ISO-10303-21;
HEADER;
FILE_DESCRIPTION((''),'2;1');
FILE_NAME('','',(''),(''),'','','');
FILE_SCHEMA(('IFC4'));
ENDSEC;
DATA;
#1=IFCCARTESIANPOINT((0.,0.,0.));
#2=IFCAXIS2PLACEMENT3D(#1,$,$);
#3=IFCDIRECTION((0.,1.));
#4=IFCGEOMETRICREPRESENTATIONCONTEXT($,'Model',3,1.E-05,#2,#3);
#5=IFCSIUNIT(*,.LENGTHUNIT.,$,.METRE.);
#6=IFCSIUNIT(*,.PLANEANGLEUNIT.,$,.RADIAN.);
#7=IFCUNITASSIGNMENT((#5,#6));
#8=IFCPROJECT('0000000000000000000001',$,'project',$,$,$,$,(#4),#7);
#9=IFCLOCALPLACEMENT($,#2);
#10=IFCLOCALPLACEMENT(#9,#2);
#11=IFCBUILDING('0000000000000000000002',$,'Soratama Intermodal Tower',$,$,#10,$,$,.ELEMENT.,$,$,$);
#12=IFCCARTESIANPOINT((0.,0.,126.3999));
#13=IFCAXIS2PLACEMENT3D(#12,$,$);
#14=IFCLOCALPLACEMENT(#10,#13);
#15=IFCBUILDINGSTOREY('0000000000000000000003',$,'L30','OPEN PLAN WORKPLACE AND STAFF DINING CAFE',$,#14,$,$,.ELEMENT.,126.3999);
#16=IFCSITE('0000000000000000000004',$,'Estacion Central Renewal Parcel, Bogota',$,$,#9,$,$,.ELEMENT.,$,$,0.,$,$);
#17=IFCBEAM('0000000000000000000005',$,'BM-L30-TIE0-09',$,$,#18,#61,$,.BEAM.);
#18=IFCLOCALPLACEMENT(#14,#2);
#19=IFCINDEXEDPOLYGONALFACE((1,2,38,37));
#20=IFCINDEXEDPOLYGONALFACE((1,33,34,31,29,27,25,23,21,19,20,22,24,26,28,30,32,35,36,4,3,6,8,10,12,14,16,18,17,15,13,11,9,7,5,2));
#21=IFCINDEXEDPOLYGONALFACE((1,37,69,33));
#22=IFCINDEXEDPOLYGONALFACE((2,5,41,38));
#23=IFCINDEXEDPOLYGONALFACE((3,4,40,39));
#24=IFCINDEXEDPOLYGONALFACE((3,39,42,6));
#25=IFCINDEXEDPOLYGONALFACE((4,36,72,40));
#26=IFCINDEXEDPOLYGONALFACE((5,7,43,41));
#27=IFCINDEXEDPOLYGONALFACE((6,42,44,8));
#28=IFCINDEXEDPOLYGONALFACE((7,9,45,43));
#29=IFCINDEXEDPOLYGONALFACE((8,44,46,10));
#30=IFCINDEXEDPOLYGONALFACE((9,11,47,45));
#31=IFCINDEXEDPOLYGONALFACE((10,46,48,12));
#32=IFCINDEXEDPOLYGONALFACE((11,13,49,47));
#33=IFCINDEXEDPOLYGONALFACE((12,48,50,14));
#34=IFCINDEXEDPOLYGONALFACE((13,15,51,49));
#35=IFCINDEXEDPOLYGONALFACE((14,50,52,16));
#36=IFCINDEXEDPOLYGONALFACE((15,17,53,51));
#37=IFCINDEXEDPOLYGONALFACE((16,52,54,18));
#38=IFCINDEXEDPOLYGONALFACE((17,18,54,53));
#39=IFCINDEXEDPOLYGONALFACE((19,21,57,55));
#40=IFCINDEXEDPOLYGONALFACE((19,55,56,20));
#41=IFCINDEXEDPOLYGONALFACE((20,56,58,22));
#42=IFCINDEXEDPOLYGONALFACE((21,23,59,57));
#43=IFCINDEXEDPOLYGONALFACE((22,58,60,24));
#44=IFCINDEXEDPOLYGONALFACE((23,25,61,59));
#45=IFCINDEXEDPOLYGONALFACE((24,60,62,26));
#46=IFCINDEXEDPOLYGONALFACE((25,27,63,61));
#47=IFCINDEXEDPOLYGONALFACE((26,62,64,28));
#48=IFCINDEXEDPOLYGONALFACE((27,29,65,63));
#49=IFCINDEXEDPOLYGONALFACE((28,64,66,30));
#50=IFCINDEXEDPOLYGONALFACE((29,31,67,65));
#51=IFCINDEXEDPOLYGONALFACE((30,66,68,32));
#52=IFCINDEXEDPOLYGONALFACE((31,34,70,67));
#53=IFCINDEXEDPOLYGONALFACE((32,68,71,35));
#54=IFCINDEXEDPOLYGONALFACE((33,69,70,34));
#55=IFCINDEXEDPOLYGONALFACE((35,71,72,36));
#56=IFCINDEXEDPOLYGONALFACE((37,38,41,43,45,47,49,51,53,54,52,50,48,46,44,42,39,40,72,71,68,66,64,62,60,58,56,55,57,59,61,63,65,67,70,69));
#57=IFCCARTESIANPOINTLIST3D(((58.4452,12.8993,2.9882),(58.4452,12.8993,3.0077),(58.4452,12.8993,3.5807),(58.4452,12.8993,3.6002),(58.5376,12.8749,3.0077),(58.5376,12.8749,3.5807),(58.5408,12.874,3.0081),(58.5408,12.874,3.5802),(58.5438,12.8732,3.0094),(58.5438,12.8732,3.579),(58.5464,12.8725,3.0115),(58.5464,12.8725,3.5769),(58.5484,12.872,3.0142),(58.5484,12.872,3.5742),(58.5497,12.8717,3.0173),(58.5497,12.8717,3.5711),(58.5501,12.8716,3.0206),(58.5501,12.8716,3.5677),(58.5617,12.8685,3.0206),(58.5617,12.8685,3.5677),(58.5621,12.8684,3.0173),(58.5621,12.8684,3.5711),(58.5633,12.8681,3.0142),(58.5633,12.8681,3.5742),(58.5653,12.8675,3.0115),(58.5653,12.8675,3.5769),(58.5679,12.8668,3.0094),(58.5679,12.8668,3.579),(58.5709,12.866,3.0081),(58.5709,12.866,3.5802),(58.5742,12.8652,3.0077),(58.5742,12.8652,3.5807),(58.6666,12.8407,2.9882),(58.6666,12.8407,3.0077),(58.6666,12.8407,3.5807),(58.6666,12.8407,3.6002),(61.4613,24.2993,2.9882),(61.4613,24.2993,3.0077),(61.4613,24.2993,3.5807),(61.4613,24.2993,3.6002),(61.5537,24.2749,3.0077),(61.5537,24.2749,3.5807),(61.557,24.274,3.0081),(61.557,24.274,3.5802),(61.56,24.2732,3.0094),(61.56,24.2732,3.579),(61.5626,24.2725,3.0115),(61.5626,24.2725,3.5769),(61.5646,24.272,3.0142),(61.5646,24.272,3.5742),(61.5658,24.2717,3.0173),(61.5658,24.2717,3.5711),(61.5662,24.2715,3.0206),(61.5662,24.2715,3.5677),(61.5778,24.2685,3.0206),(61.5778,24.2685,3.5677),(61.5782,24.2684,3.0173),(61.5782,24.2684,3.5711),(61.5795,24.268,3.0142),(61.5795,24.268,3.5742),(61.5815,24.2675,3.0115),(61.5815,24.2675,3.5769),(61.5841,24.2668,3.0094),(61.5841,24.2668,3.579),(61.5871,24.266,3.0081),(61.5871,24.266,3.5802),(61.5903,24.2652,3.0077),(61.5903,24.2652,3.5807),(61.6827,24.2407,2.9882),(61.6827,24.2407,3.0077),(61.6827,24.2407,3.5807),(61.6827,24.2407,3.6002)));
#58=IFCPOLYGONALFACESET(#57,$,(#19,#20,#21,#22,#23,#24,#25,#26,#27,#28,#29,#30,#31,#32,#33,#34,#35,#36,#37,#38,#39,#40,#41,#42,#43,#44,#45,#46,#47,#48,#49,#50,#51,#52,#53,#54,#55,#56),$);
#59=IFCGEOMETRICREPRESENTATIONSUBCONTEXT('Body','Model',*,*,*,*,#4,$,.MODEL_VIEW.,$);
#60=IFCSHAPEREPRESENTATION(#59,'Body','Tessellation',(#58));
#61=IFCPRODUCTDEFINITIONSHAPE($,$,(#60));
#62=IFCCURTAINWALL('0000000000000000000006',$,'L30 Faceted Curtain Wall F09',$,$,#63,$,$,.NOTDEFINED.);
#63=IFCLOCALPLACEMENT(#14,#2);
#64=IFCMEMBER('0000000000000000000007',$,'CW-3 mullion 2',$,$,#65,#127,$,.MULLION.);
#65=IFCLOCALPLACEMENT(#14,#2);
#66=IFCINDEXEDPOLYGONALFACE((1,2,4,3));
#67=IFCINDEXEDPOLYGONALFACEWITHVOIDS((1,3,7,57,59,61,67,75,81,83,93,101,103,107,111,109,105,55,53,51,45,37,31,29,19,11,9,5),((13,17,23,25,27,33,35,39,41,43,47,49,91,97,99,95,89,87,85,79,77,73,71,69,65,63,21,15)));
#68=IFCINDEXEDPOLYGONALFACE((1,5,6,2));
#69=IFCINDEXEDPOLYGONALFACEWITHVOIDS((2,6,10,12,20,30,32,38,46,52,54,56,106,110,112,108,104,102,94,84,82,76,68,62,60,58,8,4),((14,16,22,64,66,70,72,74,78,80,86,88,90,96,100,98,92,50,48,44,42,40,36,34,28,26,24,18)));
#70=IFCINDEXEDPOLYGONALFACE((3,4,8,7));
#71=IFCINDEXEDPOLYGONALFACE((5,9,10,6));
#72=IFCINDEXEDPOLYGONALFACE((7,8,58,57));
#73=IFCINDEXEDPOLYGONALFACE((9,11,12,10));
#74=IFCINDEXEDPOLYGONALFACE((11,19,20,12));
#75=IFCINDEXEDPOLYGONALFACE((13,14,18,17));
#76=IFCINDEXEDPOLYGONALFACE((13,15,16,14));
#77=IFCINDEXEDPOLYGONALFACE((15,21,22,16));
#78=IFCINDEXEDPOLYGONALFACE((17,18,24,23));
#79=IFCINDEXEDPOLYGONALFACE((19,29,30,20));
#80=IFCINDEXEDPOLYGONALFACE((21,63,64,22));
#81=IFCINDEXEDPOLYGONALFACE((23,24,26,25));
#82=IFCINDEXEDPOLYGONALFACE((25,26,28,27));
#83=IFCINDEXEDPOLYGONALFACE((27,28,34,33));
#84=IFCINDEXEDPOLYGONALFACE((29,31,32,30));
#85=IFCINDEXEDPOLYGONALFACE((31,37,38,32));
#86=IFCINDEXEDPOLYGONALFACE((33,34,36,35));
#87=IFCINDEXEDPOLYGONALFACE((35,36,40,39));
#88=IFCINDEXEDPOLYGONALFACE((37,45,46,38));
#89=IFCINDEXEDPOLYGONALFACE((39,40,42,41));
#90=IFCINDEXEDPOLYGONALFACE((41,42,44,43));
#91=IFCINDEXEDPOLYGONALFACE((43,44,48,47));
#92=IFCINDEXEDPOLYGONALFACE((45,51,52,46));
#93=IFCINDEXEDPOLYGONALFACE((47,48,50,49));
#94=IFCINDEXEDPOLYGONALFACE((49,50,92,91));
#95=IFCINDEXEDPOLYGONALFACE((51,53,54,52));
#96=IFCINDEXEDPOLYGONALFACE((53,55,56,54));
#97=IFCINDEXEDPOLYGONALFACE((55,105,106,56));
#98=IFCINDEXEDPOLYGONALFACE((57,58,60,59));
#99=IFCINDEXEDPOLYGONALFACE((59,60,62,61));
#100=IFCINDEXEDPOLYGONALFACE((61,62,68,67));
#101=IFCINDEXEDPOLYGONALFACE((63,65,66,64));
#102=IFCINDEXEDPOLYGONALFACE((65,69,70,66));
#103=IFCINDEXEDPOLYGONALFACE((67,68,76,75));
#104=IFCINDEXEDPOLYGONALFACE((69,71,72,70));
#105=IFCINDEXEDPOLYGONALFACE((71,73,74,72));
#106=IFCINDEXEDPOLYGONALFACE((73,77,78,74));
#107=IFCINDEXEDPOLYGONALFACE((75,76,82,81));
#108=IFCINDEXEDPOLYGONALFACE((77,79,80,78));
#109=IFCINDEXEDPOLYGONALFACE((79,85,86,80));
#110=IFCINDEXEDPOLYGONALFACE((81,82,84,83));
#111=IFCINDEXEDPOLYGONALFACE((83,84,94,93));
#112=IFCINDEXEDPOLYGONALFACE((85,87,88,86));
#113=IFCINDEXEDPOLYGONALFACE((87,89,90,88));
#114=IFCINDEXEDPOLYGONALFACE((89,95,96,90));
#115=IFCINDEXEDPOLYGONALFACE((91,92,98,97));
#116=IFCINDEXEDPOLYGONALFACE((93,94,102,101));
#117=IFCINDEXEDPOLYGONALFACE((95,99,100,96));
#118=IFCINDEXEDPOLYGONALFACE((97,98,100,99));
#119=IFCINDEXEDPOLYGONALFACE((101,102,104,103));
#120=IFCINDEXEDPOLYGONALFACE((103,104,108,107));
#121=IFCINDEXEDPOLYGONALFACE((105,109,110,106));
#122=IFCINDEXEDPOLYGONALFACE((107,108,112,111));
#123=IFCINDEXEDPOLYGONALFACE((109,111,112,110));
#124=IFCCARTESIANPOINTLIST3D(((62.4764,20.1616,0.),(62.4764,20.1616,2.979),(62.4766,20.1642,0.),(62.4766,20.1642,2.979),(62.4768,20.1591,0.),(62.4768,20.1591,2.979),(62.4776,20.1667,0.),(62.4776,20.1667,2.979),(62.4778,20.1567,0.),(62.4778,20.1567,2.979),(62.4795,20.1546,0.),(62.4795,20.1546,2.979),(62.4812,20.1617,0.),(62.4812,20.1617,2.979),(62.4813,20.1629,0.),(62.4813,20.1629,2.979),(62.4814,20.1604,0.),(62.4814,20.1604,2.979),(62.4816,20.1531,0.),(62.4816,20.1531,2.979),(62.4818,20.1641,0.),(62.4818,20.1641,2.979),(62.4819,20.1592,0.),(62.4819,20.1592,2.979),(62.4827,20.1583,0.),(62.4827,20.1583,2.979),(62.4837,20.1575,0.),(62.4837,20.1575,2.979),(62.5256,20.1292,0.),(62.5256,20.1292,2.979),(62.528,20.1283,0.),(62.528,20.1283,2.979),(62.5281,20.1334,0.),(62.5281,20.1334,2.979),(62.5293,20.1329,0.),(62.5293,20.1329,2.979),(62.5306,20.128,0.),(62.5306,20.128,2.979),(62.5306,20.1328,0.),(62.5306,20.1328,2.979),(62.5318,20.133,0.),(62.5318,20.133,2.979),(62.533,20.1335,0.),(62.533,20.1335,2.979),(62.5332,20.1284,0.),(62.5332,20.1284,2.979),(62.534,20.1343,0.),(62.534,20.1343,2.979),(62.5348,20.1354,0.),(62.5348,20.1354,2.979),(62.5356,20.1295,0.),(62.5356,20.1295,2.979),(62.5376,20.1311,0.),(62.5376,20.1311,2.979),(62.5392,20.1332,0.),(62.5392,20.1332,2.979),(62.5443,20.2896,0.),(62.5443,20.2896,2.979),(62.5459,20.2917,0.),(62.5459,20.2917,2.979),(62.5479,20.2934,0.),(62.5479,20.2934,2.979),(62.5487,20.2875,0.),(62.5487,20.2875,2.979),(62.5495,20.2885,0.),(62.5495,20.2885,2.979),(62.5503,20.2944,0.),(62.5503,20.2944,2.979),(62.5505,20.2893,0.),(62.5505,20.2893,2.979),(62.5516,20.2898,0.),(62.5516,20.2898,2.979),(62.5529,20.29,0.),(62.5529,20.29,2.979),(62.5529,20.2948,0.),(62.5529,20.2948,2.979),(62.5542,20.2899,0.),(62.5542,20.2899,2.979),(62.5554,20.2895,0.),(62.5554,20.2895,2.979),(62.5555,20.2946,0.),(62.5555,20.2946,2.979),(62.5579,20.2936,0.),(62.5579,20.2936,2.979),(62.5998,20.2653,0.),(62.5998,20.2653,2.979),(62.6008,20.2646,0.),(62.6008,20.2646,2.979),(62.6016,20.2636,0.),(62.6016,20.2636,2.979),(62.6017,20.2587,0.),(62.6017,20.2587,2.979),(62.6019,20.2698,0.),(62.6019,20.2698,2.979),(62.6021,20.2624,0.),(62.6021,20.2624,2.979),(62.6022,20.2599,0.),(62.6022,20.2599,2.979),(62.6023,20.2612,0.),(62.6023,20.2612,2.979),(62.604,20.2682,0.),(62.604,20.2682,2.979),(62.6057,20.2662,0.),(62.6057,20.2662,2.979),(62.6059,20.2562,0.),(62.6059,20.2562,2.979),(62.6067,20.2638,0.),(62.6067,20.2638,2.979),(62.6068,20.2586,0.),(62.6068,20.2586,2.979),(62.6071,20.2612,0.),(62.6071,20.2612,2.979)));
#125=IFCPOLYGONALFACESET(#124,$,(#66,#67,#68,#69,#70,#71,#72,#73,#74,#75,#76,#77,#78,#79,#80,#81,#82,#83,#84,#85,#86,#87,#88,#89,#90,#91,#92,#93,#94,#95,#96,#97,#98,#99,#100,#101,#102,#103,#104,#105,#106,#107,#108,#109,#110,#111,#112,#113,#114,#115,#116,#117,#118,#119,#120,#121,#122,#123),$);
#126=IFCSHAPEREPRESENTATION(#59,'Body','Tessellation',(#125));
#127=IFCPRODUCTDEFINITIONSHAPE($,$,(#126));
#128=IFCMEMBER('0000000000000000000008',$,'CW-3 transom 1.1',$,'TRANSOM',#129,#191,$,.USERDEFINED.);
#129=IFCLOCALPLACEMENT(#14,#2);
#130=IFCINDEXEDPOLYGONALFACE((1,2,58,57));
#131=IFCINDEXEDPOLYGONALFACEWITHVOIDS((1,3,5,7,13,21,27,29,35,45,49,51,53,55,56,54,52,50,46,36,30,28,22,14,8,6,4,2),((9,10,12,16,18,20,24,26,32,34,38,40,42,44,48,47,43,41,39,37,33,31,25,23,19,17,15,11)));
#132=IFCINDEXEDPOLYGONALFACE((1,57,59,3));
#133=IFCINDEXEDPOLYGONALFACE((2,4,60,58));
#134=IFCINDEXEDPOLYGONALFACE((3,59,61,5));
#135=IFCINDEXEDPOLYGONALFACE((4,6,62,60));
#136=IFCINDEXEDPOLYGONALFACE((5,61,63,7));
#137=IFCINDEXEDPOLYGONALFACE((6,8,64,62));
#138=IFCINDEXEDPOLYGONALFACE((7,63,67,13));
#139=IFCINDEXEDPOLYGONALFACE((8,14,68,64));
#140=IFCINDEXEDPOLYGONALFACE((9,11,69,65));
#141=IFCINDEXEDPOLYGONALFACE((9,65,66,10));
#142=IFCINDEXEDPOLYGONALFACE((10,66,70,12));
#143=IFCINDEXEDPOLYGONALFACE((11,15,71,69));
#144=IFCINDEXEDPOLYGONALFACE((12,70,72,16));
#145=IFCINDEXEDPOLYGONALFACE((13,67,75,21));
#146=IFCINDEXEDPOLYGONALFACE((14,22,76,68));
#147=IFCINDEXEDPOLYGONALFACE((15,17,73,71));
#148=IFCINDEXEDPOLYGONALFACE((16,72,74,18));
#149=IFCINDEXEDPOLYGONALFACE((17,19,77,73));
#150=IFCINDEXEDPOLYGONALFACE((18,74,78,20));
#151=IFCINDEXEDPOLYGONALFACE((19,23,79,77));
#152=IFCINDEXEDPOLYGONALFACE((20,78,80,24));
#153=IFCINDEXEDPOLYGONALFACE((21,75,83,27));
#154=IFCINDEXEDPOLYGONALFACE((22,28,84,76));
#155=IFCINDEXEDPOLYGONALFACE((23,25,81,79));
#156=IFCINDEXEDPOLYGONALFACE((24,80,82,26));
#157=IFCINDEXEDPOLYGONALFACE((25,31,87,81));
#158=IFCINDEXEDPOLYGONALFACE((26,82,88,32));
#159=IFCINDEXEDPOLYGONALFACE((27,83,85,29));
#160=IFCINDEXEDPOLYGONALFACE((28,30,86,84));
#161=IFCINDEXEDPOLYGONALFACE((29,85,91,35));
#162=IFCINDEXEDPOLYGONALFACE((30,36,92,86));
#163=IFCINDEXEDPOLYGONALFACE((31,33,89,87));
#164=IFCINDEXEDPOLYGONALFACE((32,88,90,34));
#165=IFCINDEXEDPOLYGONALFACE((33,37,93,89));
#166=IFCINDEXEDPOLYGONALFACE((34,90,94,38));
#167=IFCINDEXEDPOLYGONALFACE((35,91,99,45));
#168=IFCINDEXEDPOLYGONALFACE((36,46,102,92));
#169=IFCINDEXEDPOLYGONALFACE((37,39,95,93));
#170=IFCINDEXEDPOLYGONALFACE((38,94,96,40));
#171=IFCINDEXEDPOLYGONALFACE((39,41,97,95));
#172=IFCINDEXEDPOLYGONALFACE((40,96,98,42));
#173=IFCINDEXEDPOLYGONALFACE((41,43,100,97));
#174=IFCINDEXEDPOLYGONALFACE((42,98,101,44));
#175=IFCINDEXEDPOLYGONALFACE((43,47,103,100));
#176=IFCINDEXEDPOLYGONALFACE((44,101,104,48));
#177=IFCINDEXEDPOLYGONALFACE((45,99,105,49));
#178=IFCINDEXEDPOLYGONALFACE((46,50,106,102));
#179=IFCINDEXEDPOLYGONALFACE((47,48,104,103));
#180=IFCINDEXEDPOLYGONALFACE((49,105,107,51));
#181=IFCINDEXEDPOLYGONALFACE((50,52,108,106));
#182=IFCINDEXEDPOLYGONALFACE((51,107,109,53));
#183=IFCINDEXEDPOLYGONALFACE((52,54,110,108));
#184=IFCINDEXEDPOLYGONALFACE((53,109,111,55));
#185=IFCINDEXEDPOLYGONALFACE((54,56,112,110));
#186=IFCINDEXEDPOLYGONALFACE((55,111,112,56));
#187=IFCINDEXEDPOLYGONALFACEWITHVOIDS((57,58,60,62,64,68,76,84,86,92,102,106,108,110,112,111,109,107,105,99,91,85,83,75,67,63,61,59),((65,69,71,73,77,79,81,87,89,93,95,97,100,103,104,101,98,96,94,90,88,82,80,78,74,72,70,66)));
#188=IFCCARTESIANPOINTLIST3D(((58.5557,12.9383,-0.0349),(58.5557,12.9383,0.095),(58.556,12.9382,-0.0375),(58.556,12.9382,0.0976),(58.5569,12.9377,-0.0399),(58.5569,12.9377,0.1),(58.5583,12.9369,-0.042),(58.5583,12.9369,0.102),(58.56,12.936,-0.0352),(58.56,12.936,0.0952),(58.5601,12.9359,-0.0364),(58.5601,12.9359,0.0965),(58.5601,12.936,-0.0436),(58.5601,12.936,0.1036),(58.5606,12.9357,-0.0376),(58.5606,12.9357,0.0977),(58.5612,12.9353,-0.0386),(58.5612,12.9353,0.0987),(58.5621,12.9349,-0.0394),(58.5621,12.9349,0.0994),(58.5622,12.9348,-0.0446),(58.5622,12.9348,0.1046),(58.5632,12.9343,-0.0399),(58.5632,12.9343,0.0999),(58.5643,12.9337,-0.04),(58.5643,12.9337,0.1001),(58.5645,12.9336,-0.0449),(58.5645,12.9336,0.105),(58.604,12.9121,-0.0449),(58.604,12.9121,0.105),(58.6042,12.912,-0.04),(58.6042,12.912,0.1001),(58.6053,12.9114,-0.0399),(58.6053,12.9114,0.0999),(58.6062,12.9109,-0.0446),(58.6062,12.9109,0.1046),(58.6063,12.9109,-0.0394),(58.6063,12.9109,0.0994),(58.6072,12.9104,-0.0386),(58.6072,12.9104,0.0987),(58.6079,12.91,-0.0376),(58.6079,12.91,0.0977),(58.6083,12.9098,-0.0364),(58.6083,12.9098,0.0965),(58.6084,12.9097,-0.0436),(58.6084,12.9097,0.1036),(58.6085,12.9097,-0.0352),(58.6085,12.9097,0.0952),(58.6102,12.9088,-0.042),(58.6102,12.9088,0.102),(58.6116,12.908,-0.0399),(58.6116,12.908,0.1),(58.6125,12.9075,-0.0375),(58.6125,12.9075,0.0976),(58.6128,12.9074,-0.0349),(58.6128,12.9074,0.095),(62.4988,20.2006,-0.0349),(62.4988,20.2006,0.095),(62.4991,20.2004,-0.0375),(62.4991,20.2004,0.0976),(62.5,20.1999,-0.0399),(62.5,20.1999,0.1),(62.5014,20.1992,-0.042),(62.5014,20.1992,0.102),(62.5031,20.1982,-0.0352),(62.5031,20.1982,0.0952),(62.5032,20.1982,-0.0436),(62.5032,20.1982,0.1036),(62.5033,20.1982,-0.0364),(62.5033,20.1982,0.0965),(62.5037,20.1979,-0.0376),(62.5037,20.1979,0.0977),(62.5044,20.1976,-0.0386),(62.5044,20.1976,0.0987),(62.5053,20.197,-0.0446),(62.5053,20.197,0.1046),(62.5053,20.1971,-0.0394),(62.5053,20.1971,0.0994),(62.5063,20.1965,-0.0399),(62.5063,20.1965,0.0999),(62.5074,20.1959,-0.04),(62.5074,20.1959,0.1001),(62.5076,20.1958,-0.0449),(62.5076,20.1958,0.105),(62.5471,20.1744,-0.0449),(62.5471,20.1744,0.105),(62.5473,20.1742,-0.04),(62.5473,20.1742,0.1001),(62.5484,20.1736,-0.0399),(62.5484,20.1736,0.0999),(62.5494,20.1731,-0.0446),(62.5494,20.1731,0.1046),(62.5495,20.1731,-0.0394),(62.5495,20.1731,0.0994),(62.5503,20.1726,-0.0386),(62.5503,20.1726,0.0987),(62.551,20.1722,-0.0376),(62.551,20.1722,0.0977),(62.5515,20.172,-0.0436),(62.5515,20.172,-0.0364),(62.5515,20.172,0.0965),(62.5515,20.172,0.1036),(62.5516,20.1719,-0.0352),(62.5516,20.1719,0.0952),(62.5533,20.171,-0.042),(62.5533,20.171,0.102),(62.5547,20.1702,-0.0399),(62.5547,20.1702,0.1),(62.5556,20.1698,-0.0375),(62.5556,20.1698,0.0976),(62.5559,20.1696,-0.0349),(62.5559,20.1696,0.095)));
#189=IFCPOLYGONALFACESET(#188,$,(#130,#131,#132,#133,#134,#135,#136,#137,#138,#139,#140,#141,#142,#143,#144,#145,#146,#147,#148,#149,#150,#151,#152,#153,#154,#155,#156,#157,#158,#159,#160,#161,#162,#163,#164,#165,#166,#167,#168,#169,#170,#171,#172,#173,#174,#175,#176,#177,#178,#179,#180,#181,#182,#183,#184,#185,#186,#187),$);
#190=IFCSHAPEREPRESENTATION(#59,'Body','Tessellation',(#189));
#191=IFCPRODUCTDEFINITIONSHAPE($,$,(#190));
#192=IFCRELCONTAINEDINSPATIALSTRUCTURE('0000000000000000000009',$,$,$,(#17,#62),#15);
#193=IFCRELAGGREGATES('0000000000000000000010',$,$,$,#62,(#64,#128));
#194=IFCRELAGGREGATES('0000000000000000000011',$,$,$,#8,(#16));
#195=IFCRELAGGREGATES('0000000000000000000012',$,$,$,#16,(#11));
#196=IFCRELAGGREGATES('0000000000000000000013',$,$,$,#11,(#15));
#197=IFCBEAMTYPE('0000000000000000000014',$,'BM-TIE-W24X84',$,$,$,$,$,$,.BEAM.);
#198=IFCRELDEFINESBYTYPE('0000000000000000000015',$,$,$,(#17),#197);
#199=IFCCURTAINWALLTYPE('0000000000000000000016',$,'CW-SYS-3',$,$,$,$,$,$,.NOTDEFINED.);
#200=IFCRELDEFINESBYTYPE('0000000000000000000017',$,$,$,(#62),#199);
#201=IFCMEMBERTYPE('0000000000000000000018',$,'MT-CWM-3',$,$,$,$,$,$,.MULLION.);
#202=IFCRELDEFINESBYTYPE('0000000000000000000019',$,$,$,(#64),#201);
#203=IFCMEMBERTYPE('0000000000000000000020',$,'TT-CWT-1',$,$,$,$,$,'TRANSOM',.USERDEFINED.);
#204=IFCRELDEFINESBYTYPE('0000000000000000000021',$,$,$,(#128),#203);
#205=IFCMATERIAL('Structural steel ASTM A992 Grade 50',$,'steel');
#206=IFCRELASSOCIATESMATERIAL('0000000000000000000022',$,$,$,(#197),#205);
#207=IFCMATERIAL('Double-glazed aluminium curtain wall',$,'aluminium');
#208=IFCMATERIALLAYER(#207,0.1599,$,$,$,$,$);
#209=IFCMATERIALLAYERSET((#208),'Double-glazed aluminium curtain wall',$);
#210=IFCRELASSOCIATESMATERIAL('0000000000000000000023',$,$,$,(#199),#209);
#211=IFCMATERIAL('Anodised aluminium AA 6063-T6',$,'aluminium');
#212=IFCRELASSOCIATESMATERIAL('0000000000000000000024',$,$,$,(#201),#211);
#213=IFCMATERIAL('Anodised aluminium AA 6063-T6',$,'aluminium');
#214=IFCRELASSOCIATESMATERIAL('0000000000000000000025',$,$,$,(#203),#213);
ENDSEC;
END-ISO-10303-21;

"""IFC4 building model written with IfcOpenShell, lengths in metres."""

from ifc_helpers import new_model, si_unit, direction, frame, origin, origin_2d, place, context, subcontext, project, spatial, hollow_rectangle, i_section, extrude, material, layer, layer_set, material_profile, profile_set, type_object, element, aggregate, save


model = new_model("IFC4")

# Units and contexts
model_context = context("Model", 3, precision=1e-05, world=origin(), true_north=direction((0.0, 1.0)))
body_context = subcontext(model_context, "Body", "Model", "MODEL_VIEW")
ifc_project = project(units=[si_unit("LENGTHUNIT", "METRE"), si_unit("PLANEANGLEUNIT", "RADIAN")], contexts=[model_context])

# Site, building, storey
site_placement = place(None, origin())
site = spatial("IfcSite", under=ifc_project, at=site_placement, Name="Estacion Central Renewal Parcel, Bogota", CompositionType="ELEMENT", RefElevation=0.0)
building_placement = place(site_placement, origin())
building = spatial("IfcBuilding", under=site, at=building_placement, Name="Soratama Intermodal Tower", CompositionType="ELEMENT")
storey_placement = place(building_placement, frame((0.0, 0.0, 126.3999)))
storey = spatial("IfcBuildingStorey", under=building, at=storey_placement, Name="L30", Description="OPEN PLAN WORKPLACE AND STAFF DINING CAFE", CompositionType="ELEMENT", Elevation=126.3999)

# Beam
ifc_material_1 = material(Name="Structural steel ASTM A992 Grade 50", Category="steel")
ifc_material_profile_1 = material_profile(ifc_material_1, i_section(OverallWidth=0.229, OverallDepth=0.6121, WebThickness=0.012, FlangeThickness=0.0195, FilletRadius=0.0129, at=origin_2d()), Name="W24X84")
ifc_profile_set_1 = profile_set([ifc_material_profile_1], Name="Structural steel ASTM A992 Grade 50")
beam_type_1 = type_object("IfcBeamType", Name="BM-TIE-W24X84", PredefinedType="BEAM", material=ifc_profile_set_1)
beam_1_placement = place(storey_placement, frame((61.572, 24.27, 3.2942), z_axis=(-0.255773, -0.966737, 0.0), x_axis=(0.966737, -0.255773, 0.0)))
element("IfcBeam", 1, at=beam_1_placement, inside=storey, type_object=beam_type_1, Name="BM-L30-TIE0-09", PredefinedType="BEAM", context=body_context, shape_type="SweptSolid", body=[
    extrude(i_section(OverallWidth=0.229, OverallDepth=0.6121, WebThickness=0.012, FlangeThickness=0.0195, FilletRadius=0.0129, at=origin_2d()), origin(), (0.0, 0.0, 1.0), 11.7922),
])

# Curtain wall, members
ifc_material_2 = material(Name="Double-glazed aluminium curtain wall", Category="aluminium")
ifc_layer_1 = layer(ifc_material_2, 0.1599)
ifc_layer_set_1 = layer_set([ifc_layer_1], Name="Double-glazed aluminium curtain wall")
curtain_wall_type = type_object("IfcCurtainWallType", Name="CW-SYS-3", PredefinedType="NOTDEFINED", material=ifc_layer_set_1)
curtain_wall_placement = place(storey_placement, origin())
curtain_wall = element("IfcCurtainWall", 2, at=curtain_wall_placement, inside=storey, type_object=curtain_wall_type, Name="L30 Faceted Curtain Wall F09", PredefinedType="NOTDEFINED")
ifc_material_3 = material(Name="Anodised aluminium AA 6063-T6", Category="aluminium")
ifc_material_profile_2 = material_profile(ifc_material_3, hollow_rectangle(XDim=0.0701, YDim=0.1599, WallThickness=0.0049, InnerFilletRadius=0.0049, OuterFilletRadius=0.01, at=origin_2d()), Name="CWM160X70X5")
ifc_profile_set_2 = profile_set([ifc_material_profile_2], Name="Anodised aluminium AA 6063-T6")
member_type_1 = type_object("IfcMemberType", Name="MT-CWM-3", PredefinedType="MULLION", material=ifc_profile_set_2)
member_1_placement = place(storey_placement, frame((62.5417, 20.2114, 0.0), z_axis=(0.0, 0.0, 1.0), x_axis=(-0.878816, 0.477161, 0.0)))
member_1 = element("IfcMember", 3, at=member_1_placement, type_object=member_type_1, Name="CW-3 mullion 2", PredefinedType="MULLION", context=body_context, shape_type="SweptSolid", body=[
    extrude(hollow_rectangle(XDim=0.0701, YDim=0.1599, WallThickness=0.0049, InnerFilletRadius=0.0049, OuterFilletRadius=0.01, at=origin_2d()), origin(), (0.0, 0.0, 1.0), 2.979),
])
ifc_material_4 = material(Name="Anodised aluminium AA 6063-T6", Category="aluminium")
ifc_material_profile_3 = material_profile(ifc_material_4, hollow_rectangle(XDim=0.0649, YDim=0.1499, WallThickness=0.0049, InnerFilletRadius=0.0049, OuterFilletRadius=0.01, at=origin_2d()), Name="CWT150X65X5")
ifc_profile_set_3 = profile_set([ifc_material_profile_3], Name="Anodised aluminium AA 6063-T6")
member_type_2 = type_object("IfcMemberType", Name="TT-CWT-1", ElementType="TRANSOM", PredefinedType="USERDEFINED", material=ifc_profile_set_3)
member_2_placement = place(storey_placement, frame((58.5842, 12.9229, 0.03), z_axis=(0.477164, 0.878814, 0.0), x_axis=(-0.878814, 0.477164, 0.0)))
member_2 = element("IfcMember", 4, at=member_2_placement, type_object=member_type_2, Name="CW-3 transom 1.1", ObjectType="TRANSOM", PredefinedType="USERDEFINED", context=body_context, shape_type="SweptSolid", body=[
    extrude(hollow_rectangle(XDim=0.0649, YDim=0.1499, WallThickness=0.0049, InnerFilletRadius=0.0049, OuterFilletRadius=0.01, at=origin_2d()), origin(), (0.0, 0.0, 1.0), 8.2637),
])
aggregate(curtain_wall, [member_1, member_2])

save(model, "model.ifc")
